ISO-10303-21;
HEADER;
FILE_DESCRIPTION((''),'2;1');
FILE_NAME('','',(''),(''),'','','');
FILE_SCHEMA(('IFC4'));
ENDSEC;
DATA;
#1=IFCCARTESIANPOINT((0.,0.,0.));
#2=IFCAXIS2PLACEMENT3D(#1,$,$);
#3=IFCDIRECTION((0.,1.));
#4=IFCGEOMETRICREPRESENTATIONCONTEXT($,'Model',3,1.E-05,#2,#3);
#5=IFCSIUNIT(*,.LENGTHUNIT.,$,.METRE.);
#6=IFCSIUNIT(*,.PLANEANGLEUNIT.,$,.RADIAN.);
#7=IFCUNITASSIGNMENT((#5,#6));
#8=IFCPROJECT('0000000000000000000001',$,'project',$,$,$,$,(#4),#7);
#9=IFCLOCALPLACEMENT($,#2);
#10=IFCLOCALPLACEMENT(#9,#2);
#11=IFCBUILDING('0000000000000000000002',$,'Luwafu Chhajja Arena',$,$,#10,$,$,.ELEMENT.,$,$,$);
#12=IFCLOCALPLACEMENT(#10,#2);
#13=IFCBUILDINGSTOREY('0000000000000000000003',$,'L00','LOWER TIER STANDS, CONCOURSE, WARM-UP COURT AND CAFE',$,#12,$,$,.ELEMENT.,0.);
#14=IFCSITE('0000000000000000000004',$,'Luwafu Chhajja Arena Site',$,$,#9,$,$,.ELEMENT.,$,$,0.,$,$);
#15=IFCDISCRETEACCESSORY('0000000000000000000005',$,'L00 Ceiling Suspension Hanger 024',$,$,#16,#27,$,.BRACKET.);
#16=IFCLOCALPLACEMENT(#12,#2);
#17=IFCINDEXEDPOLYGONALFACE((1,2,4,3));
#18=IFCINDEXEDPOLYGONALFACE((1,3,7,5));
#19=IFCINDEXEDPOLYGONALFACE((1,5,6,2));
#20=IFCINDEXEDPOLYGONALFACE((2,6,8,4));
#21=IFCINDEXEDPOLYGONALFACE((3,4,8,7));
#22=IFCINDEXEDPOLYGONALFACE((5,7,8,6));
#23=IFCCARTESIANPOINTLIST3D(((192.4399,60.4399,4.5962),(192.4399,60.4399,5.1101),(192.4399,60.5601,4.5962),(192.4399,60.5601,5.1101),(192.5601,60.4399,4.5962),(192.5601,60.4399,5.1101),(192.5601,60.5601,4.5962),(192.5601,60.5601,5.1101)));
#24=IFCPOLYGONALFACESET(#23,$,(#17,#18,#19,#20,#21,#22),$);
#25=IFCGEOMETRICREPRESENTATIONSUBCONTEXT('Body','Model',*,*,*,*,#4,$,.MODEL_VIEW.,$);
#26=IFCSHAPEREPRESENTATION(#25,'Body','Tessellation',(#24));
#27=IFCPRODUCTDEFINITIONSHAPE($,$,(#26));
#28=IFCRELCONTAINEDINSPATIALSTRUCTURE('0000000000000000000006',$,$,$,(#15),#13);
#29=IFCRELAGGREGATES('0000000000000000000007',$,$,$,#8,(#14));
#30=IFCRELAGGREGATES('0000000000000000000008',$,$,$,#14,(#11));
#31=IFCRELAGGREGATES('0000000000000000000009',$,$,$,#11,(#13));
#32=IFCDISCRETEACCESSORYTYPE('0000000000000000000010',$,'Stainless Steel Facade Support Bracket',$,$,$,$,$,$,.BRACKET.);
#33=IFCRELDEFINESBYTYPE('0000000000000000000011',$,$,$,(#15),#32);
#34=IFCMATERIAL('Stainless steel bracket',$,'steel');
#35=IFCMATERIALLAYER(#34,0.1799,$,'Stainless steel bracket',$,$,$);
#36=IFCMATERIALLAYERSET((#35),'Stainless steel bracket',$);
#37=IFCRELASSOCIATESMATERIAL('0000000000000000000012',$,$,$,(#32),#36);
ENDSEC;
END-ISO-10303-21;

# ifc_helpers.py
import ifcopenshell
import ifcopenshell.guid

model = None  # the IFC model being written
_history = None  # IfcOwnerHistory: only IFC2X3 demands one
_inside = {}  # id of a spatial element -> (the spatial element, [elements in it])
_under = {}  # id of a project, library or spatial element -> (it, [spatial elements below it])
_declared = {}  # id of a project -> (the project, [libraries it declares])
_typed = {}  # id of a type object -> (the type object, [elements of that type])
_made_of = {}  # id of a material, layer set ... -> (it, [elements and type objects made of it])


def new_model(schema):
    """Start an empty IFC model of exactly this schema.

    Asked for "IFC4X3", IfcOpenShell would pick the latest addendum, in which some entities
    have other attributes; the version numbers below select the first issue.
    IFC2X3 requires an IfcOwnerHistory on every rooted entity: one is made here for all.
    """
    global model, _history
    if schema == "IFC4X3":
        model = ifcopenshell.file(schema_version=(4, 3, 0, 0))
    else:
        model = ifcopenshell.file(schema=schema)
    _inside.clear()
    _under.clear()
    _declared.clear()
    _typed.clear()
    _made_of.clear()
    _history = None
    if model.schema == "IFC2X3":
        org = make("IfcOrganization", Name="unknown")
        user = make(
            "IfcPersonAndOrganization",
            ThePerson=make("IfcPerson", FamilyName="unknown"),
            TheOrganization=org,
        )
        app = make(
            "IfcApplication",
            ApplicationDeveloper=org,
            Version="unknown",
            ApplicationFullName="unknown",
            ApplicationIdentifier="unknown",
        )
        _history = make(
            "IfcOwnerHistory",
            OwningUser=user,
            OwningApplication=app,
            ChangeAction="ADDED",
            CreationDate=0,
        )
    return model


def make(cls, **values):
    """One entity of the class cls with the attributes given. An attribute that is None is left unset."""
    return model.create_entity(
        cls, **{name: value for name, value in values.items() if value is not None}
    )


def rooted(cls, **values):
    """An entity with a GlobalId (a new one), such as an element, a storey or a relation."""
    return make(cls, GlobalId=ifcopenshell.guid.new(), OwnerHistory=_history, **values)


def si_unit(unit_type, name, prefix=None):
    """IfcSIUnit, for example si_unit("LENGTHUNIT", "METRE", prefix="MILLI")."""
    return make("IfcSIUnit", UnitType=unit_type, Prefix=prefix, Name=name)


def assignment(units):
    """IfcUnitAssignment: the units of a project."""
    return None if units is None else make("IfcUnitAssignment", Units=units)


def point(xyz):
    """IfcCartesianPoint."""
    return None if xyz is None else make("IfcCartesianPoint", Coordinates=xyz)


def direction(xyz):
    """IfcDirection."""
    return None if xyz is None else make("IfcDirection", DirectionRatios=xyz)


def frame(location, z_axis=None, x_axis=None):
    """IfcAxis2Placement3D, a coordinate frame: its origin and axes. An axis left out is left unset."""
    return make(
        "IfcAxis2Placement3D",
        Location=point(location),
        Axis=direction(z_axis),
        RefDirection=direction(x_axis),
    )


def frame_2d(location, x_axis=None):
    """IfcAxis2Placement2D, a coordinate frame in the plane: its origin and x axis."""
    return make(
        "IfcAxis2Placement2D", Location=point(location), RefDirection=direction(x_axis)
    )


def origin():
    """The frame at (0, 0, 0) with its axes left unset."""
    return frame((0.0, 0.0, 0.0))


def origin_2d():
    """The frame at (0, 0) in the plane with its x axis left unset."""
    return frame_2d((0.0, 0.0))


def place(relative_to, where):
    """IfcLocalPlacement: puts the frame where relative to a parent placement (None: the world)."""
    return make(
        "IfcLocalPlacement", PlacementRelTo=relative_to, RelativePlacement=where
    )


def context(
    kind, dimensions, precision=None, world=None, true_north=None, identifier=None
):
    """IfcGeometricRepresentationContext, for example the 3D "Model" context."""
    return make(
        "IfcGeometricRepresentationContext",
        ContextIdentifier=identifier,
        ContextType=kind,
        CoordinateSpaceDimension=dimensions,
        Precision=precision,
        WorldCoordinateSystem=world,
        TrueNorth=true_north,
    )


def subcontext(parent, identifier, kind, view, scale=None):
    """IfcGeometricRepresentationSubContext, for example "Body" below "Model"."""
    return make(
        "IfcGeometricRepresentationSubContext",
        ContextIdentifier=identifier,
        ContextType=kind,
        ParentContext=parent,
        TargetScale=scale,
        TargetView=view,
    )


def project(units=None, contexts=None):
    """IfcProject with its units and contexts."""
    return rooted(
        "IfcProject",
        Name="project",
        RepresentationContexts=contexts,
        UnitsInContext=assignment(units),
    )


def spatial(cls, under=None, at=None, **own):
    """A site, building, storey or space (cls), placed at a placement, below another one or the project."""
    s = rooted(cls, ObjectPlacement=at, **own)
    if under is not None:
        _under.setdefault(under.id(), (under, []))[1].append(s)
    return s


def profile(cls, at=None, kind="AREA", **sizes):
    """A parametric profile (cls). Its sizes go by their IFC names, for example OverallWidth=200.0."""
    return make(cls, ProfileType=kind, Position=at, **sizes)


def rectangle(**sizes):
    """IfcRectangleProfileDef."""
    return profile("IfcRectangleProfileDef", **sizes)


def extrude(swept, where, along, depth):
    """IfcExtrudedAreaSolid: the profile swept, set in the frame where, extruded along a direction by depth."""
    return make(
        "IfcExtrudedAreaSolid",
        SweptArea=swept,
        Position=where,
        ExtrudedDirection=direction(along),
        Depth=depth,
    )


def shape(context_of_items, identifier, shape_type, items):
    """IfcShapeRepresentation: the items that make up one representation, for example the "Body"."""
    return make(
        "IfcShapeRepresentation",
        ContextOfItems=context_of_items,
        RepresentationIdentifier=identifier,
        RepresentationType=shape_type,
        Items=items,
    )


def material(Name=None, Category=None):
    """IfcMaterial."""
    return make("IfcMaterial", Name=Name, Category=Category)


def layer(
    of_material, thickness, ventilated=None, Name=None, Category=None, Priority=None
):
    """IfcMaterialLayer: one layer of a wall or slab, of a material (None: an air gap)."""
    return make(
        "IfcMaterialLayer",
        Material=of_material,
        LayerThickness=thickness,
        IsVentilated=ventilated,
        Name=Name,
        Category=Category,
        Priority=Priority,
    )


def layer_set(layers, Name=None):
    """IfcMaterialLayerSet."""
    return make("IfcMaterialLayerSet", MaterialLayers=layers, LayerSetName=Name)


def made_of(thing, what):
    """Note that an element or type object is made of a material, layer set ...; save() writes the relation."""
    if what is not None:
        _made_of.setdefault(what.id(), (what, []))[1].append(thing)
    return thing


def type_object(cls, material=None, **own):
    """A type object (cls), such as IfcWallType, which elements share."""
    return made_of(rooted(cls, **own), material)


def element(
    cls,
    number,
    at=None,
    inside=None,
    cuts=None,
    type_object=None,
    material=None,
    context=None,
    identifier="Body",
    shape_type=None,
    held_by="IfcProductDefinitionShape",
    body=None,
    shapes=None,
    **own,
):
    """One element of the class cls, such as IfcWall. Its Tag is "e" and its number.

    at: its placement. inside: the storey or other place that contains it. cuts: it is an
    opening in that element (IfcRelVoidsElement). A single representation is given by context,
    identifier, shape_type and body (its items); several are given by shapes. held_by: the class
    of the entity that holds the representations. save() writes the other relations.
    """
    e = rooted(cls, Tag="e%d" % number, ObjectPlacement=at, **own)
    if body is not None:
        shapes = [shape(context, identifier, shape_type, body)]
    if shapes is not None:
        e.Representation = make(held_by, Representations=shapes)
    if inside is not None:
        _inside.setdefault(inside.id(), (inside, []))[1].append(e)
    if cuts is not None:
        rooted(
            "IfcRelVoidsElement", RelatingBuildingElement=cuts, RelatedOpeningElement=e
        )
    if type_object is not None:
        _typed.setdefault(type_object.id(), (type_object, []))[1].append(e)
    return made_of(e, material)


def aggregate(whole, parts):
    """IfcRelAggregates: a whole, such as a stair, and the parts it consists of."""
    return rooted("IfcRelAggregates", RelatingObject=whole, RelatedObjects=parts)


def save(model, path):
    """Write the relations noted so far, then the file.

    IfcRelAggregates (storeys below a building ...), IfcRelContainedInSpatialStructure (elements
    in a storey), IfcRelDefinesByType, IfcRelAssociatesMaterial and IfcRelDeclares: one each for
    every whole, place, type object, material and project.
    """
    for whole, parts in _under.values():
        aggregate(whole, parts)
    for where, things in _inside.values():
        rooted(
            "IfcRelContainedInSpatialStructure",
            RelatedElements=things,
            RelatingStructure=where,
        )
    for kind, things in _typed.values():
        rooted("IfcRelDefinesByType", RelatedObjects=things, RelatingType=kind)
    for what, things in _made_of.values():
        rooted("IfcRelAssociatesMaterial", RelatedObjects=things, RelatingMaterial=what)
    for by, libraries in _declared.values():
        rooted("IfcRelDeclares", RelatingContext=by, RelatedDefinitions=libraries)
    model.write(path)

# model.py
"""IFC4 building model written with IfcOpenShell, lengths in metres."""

from ifc_helpers import new_model, si_unit, direction, frame, origin, origin_2d, place, context, subcontext, project, spatial, rectangle, extrude, material, layer, layer_set, type_object, element, save


model = new_model("IFC4")

# Units and contexts
model_context = context("Model", 3, precision=1e-05, world=origin(), true_north=direction((0.0, 1.0)))
body_context = subcontext(model_context, "Body", "Model", "MODEL_VIEW")
ifc_project = project(units=[si_unit("LENGTHUNIT", "METRE"), si_unit("PLANEANGLEUNIT", "RADIAN")], contexts=[model_context])

# Site, building, storey
site_placement = place(None, origin())
site = spatial("IfcSite", under=ifc_project, at=site_placement, Name="Luwafu Chhajja Arena Site", CompositionType="ELEMENT", RefElevation=0.0)
building_placement = place(site_placement, origin())
building = spatial("IfcBuilding", under=site, at=building_placement, Name="Luwafu Chhajja Arena", CompositionType="ELEMENT")
storey_placement = place(building_placement, origin())
storey = spatial("IfcBuildingStorey", under=building, at=storey_placement, Name="L00", Description="LOWER TIER STANDS, CONCOURSE, WARM-UP COURT AND CAFE", CompositionType="ELEMENT", Elevation=0.0)

# Discrete accessory
ifc_material_1 = material(Name="Stainless steel bracket", Category="steel")
ifc_layer_1 = layer(ifc_material_1, 0.1799, Name="Stainless steel bracket")
ifc_layer_set_1 = layer_set([ifc_layer_1], Name="Stainless steel bracket")
discrete_accessory_type = type_object("IfcDiscreteAccessoryType", Name="Stainless Steel Facade Support Bracket", PredefinedType="BRACKET", material=ifc_layer_set_1)
discrete_accessory_1_placement = place(storey_placement, frame((192.5, 60.5, 4.5962), z_axis=(0.0, 0.0, 1.0), x_axis=(1.0, 0.0, 0.0)))
element("IfcDiscreteAccessory", 1, at=discrete_accessory_1_placement, inside=storey, type_object=discrete_accessory_type, Name="L00 Ceiling Suspension Hanger 024", PredefinedType="BRACKET", context=body_context, shape_type="SweptSolid", body=[
    extrude(rectangle(XDim=0.1201, YDim=0.1201, at=origin_2d()), origin(), (0.0, 0.0, 1.0), 0.5139),
])

save(model, "model.ifc")
